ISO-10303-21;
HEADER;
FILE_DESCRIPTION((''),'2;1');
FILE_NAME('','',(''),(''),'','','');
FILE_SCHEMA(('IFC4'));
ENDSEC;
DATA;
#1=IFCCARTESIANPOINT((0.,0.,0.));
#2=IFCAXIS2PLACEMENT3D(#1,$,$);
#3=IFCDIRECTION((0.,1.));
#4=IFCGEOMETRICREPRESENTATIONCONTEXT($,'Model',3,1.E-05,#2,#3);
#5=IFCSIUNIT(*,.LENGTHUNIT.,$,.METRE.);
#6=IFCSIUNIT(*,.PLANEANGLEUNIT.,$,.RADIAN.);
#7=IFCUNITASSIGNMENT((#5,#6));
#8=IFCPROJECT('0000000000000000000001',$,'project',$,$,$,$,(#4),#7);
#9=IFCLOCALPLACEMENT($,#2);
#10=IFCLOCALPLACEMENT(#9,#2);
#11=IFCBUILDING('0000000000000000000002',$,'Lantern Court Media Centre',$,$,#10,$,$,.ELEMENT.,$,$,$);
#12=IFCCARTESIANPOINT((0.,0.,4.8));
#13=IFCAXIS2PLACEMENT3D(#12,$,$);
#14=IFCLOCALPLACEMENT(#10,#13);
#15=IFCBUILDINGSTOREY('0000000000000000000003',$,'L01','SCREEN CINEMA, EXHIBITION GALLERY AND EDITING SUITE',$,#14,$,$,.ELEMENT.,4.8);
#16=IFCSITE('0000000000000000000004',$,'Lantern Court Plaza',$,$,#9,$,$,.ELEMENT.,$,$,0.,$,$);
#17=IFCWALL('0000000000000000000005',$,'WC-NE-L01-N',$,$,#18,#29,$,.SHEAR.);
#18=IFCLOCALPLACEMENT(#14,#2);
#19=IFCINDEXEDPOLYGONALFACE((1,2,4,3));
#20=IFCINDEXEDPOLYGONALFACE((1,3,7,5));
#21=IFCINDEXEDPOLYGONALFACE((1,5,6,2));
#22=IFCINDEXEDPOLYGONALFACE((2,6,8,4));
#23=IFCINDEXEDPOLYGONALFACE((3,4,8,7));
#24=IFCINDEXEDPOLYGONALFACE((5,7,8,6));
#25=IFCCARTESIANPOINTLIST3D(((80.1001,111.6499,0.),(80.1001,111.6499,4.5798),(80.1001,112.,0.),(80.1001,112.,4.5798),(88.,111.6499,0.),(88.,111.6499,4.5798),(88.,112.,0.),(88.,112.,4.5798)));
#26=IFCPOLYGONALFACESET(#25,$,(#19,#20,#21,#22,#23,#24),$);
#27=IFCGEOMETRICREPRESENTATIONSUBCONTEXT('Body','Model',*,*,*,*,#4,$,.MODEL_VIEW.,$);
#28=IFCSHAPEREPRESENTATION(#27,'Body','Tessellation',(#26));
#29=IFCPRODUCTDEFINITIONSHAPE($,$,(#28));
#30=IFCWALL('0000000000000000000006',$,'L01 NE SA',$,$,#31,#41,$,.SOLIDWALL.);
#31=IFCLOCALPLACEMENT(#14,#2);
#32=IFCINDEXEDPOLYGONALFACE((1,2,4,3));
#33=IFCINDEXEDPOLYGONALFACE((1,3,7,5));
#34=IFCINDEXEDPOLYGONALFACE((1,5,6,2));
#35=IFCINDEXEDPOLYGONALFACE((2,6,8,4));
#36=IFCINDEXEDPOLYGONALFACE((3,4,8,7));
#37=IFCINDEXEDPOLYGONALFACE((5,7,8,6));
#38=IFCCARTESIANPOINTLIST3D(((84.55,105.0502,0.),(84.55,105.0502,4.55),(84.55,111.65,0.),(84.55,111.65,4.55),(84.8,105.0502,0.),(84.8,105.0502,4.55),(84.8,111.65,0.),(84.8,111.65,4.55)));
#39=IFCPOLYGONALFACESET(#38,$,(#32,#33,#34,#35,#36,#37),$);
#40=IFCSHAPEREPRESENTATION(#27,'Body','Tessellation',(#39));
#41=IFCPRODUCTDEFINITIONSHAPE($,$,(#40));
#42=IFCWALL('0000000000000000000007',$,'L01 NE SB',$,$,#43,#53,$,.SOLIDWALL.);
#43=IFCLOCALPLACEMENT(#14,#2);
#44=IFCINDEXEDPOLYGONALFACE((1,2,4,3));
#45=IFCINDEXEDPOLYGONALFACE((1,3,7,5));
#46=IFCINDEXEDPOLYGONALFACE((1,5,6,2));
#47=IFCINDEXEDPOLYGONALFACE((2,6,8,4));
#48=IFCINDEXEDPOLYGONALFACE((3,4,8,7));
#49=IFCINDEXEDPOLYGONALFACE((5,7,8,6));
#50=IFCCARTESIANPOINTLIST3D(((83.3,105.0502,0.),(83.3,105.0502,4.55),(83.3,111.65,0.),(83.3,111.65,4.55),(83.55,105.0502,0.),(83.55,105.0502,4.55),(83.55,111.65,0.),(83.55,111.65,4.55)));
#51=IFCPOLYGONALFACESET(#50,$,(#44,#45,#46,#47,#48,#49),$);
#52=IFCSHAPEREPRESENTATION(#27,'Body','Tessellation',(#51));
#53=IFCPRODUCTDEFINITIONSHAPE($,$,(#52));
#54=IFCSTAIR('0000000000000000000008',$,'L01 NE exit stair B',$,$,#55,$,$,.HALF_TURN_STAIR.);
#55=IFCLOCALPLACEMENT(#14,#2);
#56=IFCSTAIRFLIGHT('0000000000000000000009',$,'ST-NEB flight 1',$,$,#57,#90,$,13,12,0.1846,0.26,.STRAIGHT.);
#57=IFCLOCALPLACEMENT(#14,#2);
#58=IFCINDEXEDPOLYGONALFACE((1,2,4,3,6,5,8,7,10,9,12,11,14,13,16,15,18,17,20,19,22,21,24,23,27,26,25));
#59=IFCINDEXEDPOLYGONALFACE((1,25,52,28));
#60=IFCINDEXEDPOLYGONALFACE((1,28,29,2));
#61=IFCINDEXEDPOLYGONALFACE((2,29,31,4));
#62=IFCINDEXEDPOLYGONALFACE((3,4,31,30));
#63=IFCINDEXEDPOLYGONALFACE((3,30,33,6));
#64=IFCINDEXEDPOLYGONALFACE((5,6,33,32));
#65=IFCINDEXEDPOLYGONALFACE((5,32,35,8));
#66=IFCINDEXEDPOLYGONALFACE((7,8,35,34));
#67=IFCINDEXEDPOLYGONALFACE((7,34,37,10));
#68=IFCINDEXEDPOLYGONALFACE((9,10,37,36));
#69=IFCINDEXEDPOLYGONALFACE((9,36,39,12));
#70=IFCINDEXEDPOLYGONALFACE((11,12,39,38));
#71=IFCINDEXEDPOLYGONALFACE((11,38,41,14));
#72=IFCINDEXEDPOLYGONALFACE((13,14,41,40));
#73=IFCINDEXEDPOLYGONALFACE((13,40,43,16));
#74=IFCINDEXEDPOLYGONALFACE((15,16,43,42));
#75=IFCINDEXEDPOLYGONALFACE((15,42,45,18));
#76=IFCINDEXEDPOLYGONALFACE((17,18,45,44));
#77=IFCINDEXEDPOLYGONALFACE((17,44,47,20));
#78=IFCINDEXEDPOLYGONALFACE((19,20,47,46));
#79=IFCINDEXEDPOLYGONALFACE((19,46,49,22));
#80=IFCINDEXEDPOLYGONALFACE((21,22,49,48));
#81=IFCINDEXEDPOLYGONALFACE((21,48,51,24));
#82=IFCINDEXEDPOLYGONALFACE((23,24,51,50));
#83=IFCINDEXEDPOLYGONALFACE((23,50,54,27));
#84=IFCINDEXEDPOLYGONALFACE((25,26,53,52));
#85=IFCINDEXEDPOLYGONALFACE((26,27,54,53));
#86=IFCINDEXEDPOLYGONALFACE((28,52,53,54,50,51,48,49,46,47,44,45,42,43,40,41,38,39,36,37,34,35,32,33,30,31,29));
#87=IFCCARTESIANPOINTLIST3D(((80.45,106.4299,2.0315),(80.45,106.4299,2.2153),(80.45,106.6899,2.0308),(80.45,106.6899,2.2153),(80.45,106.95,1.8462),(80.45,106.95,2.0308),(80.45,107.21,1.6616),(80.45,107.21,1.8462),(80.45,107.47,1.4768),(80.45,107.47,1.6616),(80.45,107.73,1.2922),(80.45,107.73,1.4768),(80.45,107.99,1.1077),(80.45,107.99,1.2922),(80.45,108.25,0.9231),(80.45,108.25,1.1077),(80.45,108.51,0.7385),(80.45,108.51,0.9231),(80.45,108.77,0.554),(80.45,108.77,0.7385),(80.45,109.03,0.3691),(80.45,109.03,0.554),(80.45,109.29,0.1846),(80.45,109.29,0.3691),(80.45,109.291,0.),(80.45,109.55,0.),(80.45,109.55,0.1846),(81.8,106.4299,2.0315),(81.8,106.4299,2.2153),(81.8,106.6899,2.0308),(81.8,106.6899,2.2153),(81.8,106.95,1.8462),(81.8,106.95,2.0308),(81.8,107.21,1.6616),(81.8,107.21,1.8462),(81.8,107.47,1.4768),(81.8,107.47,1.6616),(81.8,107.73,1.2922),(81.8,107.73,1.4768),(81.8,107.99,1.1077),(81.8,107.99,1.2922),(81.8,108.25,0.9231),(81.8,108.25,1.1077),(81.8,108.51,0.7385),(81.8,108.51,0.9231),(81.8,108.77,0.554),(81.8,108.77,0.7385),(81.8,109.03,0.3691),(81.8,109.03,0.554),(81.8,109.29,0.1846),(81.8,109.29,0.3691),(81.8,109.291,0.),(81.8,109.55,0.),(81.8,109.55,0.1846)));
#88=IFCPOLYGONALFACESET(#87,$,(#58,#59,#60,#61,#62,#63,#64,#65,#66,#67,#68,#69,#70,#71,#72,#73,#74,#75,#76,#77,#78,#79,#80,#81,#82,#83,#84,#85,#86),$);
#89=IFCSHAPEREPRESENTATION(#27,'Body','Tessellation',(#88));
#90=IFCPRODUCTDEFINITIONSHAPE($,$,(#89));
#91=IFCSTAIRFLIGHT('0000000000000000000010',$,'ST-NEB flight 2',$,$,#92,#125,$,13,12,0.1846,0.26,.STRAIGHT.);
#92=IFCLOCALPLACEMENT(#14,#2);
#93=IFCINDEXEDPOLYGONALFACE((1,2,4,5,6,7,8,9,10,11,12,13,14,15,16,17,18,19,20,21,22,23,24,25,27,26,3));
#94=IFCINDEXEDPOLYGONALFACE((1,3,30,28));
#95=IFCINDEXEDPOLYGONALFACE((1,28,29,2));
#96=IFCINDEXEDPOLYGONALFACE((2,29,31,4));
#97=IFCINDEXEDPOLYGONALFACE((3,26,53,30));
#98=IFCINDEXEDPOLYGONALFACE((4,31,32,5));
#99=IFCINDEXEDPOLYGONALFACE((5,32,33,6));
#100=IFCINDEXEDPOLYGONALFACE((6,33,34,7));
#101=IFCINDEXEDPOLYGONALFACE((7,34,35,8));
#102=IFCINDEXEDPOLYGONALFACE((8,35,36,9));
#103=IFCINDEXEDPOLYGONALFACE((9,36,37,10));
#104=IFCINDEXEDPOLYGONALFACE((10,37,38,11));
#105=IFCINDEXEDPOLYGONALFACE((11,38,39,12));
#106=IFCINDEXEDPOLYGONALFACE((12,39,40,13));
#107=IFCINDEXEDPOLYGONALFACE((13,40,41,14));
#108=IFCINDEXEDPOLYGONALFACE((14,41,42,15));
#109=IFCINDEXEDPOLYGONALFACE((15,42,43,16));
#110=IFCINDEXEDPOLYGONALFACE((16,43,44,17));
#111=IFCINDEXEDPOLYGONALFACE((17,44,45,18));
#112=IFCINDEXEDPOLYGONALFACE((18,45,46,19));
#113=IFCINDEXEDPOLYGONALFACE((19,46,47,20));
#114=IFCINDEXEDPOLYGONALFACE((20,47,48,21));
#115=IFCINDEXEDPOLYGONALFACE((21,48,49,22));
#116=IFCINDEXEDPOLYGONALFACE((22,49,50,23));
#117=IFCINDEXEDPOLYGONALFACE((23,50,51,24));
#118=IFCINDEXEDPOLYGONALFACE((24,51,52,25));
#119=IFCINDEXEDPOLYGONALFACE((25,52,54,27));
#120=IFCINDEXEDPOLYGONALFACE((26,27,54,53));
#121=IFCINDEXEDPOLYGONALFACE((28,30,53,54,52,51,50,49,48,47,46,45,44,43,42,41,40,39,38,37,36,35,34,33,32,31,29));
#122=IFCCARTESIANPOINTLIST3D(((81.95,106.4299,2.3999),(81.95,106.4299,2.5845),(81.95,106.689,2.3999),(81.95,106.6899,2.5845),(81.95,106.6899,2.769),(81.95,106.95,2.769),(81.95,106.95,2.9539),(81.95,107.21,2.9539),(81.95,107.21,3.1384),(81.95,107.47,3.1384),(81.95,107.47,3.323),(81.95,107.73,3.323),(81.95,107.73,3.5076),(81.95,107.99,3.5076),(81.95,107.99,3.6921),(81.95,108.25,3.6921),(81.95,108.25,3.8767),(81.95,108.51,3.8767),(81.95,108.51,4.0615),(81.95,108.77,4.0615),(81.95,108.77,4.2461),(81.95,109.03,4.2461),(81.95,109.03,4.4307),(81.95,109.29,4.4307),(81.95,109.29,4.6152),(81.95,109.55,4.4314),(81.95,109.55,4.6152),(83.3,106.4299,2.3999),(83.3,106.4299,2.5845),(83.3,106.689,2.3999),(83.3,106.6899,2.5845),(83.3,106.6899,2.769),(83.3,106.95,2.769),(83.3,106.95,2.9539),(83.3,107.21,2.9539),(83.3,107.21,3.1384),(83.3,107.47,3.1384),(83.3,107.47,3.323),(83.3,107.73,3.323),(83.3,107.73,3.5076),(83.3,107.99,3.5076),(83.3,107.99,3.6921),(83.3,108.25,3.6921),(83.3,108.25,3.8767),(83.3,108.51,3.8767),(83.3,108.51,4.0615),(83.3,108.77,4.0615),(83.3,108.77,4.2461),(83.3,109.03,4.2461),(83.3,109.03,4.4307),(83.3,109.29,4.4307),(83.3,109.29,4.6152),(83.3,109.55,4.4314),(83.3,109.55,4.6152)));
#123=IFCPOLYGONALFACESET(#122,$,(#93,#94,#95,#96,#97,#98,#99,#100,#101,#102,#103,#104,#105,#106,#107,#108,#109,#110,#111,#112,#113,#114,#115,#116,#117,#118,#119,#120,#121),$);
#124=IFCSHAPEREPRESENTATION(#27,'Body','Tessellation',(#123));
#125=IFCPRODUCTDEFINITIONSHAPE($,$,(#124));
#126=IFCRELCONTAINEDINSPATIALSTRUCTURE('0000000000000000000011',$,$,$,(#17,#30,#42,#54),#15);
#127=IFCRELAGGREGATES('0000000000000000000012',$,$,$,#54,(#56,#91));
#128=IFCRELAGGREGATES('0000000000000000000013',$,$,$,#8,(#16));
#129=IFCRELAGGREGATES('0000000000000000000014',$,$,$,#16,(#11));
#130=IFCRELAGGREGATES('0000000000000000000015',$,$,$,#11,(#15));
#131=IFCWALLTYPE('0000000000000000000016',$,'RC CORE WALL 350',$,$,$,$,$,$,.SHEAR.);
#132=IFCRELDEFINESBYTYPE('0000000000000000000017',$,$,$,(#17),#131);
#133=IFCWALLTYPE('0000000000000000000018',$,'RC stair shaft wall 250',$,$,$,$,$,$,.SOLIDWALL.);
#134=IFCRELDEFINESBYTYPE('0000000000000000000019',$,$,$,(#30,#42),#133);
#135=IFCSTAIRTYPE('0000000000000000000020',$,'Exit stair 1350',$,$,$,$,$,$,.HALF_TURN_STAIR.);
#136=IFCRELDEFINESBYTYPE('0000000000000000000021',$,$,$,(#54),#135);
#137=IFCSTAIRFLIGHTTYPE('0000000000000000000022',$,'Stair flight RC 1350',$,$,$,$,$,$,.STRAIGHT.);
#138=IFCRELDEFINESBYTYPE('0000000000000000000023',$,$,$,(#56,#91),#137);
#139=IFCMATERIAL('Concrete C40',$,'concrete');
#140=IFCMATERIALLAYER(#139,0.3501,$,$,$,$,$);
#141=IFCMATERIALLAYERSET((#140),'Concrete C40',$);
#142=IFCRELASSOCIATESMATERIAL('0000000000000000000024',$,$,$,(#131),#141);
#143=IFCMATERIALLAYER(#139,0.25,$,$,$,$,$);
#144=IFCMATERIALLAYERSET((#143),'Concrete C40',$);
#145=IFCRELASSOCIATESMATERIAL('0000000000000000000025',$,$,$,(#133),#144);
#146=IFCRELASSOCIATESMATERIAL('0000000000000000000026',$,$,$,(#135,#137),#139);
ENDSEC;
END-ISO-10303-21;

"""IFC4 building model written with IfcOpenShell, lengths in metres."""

from ifc_helpers import new_model, si_unit, direction, frame, frame_2d, origin, place, context, subcontext, project, spatial, polyline, rectangle, outline, extrude, material, layer, layer_set, type_object, element, aggregate, save


model = new_model("IFC4")

# Units and contexts
model_context = context("Model", 3, precision=1e-05, world=origin(), true_north=direction((0.0, 1.0)))
body_context = subcontext(model_context, "Body", "Model", "MODEL_VIEW")
ifc_project = project(units=[si_unit("LENGTHUNIT", "METRE"), si_unit("PLANEANGLEUNIT", "RADIAN")], contexts=[model_context])

# Site, building, storey
site_placement = place(None, origin())
site = spatial("IfcSite", under=ifc_project, at=site_placement, Name="Lantern Court Plaza", CompositionType="ELEMENT", RefElevation=0.0)
building_placement = place(site_placement, origin())
building = spatial("IfcBuilding", under=site, at=building_placement, Name="Lantern Court Media Centre", CompositionType="ELEMENT")
storey_placement = place(building_placement, frame((0.0, 0.0, 4.8)))
storey = spatial("IfcBuildingStorey", under=building, at=storey_placement, Name="L01", Description="SCREEN CINEMA, EXHIBITION GALLERY AND EDITING SUITE", CompositionType="ELEMENT", Elevation=4.8)

# Walls
ifc_material_1 = material(Name="Concrete C40", Category="concrete")
ifc_layer_1 = layer(ifc_material_1, 0.3501)
ifc_layer_set_1 = layer_set([ifc_layer_1], Name="Concrete C40")
wall_type_1 = type_object("IfcWallType", Name="RC CORE WALL 350", PredefinedType="SHEAR", material=ifc_layer_set_1)
wall_placement = place(storey_placement, frame((80.1001, 111.825, 0.0), z_axis=(0.0, 0.0, 1.0), x_axis=(1.0, 0.0, 0.0)))
element("IfcWall", 1, at=wall_placement, inside=storey, type_object=wall_type_1, Name="WC-NE-L01-N", PredefinedType="SHEAR", context=body_context, shape_type="SweptSolid", body=[
    extrude(rectangle(XDim=7.8999, YDim=0.3501, at=frame_2d((3.95, 0.0))), origin(), (0.0, 0.0, 1.0), 4.5798),
])
ifc_layer_2 = layer(ifc_material_1, 0.25)
ifc_layer_set_2 = layer_set([ifc_layer_2], Name="Concrete C40")
wall_type_2 = type_object("IfcWallType", Name="RC stair shaft wall 250", PredefinedType="SOLIDWALL", material=ifc_layer_set_2)
for number, where, z_axis, x_axis, name in (
    (2, (84.675, 111.6499, 0.0), (0.0, 0.0, 1.0), (0.0, -1.0, 0.0), "L01 NE SA"),
    (3, (83.425, 111.6499, 0.0), (0.0, 0.0, 1.0), (0.0, -1.0, 0.0), "L01 NE SB"),
):
    element("IfcWall", number, at=place(storey_placement, frame(where, z_axis=z_axis, x_axis=x_axis)), inside=storey, type_object=wall_type_2, Name=name, PredefinedType="SOLIDWALL", context=body_context, shape_type="SweptSolid", body=[
        extrude(rectangle(XDim=6.5999, YDim=0.25, at=frame_2d((3.2998, 0.0))), origin(), (0.0, 0.0, 1.0), 4.55),
    ])

# Stair, stair flights
stair_type = type_object("IfcStairType", Name="Exit stair 1350", PredefinedType="HALF_TURN_STAIR", material=ifc_material_1)
stair_placement = place(storey_placement, origin())
stair = element("IfcStair", 4, at=stair_placement, inside=storey, type_object=stair_type, Name="L01 NE exit stair B", PredefinedType="HALF_TURN_STAIR")
stair_flight_type = type_object("IfcStairFlightType", Name="Stair flight RC 1350", PredefinedType="STRAIGHT", material=ifc_material_1)
stair_flight_1_placement = place(storey_placement, frame((81.125, 109.55, 0.0), z_axis=(0.0, 0.0, 1.0), x_axis=(0.0, -1.0, 0.0)))
stair_flight_1 = element("IfcStairFlight", 5, at=stair_flight_1_placement, type_object=stair_flight_type, Name="ST-NEB flight 1", NumberOfRisers=13, NumberOfTreads=12, PredefinedType="STRAIGHT", RiserHeight=0.1846, TreadLength=0.26, context=body_context, shape_type="SweptSolid", body=[
    extrude(outline(polyline([(0.0, 0.0), (0.0, 0.1846), (0.26, 0.1846), (0.26, 0.3691), (0.52, 0.3691), (0.52, 0.554), (0.78, 0.554), (0.78, 0.7385), (1.04, 0.7385), (1.04, 0.9231), (1.3, 0.9231), (1.3, 1.1077), (1.5601, 1.1077), (1.5601, 1.2922), (1.8201, 1.2922), (1.8201, 1.4768), (2.0801, 1.4768), (2.0801, 1.6616), (2.3401, 1.6616), (2.3401, 1.8462), (2.6001, 1.8462), (2.6001, 2.0308), (2.8601, 2.0308), (2.8601, 2.2153), (3.1201, 2.2153), (3.1201, 2.3999), (3.1201, 2.0315), (0.259, 0.0), (0.0, 0.0)])), frame((0.0, 0.675, 0.0), z_axis=(0.0, -1.0, 0.0), x_axis=(1.0, 0.0, 0.0)), (0.0, 0.0, 1.0), 1.3501),
])
stair_flight_2_placement = place(storey_placement, frame((82.625, 106.4299, 2.3999), z_axis=(0.0, 0.0, 1.0), x_axis=(0.0, 1.0, 0.0)))
stair_flight_2 = element("IfcStairFlight", 6, at=stair_flight_2_placement, type_object=stair_flight_type, Name="ST-NEB flight 2", NumberOfRisers=13, NumberOfTreads=12, PredefinedType="STRAIGHT", RiserHeight=0.1846, TreadLength=0.26, context=body_context, shape_type="SweptSolid", body=[
    extrude(outline(polyline([(0.0, 0.0), (0.0, 0.1846), (0.26, 0.1846), (0.26, 0.3691), (0.52, 0.3691), (0.52, 0.554), (0.78, 0.554), (0.78, 0.7385), (1.04, 0.7385), (1.04, 0.9231), (1.3, 0.9231), (1.3, 1.1077), (1.5601, 1.1077), (1.5601, 1.2922), (1.8201, 1.2922), (1.8201, 1.4768), (2.0801, 1.4768), (2.0801, 1.6616), (2.3401, 1.6616), (2.3401, 1.8462), (2.6001, 1.8462), (2.6001, 2.0308), (2.8601, 2.0308), (2.8601, 2.2153), (3.1201, 2.2153), (3.1201, 2.3999), (3.1201, 2.0315), (0.259, 0.0), (0.0, 0.0)])), frame((0.0, 0.675, 0.0), z_axis=(0.0, -1.0, 0.0), x_axis=(1.0, 0.0, 0.0)), (0.0, 0.0, 1.0), 1.3501),
])
aggregate(stair, [stair_flight_1, stair_flight_2])

save(model, "model.ifc")
